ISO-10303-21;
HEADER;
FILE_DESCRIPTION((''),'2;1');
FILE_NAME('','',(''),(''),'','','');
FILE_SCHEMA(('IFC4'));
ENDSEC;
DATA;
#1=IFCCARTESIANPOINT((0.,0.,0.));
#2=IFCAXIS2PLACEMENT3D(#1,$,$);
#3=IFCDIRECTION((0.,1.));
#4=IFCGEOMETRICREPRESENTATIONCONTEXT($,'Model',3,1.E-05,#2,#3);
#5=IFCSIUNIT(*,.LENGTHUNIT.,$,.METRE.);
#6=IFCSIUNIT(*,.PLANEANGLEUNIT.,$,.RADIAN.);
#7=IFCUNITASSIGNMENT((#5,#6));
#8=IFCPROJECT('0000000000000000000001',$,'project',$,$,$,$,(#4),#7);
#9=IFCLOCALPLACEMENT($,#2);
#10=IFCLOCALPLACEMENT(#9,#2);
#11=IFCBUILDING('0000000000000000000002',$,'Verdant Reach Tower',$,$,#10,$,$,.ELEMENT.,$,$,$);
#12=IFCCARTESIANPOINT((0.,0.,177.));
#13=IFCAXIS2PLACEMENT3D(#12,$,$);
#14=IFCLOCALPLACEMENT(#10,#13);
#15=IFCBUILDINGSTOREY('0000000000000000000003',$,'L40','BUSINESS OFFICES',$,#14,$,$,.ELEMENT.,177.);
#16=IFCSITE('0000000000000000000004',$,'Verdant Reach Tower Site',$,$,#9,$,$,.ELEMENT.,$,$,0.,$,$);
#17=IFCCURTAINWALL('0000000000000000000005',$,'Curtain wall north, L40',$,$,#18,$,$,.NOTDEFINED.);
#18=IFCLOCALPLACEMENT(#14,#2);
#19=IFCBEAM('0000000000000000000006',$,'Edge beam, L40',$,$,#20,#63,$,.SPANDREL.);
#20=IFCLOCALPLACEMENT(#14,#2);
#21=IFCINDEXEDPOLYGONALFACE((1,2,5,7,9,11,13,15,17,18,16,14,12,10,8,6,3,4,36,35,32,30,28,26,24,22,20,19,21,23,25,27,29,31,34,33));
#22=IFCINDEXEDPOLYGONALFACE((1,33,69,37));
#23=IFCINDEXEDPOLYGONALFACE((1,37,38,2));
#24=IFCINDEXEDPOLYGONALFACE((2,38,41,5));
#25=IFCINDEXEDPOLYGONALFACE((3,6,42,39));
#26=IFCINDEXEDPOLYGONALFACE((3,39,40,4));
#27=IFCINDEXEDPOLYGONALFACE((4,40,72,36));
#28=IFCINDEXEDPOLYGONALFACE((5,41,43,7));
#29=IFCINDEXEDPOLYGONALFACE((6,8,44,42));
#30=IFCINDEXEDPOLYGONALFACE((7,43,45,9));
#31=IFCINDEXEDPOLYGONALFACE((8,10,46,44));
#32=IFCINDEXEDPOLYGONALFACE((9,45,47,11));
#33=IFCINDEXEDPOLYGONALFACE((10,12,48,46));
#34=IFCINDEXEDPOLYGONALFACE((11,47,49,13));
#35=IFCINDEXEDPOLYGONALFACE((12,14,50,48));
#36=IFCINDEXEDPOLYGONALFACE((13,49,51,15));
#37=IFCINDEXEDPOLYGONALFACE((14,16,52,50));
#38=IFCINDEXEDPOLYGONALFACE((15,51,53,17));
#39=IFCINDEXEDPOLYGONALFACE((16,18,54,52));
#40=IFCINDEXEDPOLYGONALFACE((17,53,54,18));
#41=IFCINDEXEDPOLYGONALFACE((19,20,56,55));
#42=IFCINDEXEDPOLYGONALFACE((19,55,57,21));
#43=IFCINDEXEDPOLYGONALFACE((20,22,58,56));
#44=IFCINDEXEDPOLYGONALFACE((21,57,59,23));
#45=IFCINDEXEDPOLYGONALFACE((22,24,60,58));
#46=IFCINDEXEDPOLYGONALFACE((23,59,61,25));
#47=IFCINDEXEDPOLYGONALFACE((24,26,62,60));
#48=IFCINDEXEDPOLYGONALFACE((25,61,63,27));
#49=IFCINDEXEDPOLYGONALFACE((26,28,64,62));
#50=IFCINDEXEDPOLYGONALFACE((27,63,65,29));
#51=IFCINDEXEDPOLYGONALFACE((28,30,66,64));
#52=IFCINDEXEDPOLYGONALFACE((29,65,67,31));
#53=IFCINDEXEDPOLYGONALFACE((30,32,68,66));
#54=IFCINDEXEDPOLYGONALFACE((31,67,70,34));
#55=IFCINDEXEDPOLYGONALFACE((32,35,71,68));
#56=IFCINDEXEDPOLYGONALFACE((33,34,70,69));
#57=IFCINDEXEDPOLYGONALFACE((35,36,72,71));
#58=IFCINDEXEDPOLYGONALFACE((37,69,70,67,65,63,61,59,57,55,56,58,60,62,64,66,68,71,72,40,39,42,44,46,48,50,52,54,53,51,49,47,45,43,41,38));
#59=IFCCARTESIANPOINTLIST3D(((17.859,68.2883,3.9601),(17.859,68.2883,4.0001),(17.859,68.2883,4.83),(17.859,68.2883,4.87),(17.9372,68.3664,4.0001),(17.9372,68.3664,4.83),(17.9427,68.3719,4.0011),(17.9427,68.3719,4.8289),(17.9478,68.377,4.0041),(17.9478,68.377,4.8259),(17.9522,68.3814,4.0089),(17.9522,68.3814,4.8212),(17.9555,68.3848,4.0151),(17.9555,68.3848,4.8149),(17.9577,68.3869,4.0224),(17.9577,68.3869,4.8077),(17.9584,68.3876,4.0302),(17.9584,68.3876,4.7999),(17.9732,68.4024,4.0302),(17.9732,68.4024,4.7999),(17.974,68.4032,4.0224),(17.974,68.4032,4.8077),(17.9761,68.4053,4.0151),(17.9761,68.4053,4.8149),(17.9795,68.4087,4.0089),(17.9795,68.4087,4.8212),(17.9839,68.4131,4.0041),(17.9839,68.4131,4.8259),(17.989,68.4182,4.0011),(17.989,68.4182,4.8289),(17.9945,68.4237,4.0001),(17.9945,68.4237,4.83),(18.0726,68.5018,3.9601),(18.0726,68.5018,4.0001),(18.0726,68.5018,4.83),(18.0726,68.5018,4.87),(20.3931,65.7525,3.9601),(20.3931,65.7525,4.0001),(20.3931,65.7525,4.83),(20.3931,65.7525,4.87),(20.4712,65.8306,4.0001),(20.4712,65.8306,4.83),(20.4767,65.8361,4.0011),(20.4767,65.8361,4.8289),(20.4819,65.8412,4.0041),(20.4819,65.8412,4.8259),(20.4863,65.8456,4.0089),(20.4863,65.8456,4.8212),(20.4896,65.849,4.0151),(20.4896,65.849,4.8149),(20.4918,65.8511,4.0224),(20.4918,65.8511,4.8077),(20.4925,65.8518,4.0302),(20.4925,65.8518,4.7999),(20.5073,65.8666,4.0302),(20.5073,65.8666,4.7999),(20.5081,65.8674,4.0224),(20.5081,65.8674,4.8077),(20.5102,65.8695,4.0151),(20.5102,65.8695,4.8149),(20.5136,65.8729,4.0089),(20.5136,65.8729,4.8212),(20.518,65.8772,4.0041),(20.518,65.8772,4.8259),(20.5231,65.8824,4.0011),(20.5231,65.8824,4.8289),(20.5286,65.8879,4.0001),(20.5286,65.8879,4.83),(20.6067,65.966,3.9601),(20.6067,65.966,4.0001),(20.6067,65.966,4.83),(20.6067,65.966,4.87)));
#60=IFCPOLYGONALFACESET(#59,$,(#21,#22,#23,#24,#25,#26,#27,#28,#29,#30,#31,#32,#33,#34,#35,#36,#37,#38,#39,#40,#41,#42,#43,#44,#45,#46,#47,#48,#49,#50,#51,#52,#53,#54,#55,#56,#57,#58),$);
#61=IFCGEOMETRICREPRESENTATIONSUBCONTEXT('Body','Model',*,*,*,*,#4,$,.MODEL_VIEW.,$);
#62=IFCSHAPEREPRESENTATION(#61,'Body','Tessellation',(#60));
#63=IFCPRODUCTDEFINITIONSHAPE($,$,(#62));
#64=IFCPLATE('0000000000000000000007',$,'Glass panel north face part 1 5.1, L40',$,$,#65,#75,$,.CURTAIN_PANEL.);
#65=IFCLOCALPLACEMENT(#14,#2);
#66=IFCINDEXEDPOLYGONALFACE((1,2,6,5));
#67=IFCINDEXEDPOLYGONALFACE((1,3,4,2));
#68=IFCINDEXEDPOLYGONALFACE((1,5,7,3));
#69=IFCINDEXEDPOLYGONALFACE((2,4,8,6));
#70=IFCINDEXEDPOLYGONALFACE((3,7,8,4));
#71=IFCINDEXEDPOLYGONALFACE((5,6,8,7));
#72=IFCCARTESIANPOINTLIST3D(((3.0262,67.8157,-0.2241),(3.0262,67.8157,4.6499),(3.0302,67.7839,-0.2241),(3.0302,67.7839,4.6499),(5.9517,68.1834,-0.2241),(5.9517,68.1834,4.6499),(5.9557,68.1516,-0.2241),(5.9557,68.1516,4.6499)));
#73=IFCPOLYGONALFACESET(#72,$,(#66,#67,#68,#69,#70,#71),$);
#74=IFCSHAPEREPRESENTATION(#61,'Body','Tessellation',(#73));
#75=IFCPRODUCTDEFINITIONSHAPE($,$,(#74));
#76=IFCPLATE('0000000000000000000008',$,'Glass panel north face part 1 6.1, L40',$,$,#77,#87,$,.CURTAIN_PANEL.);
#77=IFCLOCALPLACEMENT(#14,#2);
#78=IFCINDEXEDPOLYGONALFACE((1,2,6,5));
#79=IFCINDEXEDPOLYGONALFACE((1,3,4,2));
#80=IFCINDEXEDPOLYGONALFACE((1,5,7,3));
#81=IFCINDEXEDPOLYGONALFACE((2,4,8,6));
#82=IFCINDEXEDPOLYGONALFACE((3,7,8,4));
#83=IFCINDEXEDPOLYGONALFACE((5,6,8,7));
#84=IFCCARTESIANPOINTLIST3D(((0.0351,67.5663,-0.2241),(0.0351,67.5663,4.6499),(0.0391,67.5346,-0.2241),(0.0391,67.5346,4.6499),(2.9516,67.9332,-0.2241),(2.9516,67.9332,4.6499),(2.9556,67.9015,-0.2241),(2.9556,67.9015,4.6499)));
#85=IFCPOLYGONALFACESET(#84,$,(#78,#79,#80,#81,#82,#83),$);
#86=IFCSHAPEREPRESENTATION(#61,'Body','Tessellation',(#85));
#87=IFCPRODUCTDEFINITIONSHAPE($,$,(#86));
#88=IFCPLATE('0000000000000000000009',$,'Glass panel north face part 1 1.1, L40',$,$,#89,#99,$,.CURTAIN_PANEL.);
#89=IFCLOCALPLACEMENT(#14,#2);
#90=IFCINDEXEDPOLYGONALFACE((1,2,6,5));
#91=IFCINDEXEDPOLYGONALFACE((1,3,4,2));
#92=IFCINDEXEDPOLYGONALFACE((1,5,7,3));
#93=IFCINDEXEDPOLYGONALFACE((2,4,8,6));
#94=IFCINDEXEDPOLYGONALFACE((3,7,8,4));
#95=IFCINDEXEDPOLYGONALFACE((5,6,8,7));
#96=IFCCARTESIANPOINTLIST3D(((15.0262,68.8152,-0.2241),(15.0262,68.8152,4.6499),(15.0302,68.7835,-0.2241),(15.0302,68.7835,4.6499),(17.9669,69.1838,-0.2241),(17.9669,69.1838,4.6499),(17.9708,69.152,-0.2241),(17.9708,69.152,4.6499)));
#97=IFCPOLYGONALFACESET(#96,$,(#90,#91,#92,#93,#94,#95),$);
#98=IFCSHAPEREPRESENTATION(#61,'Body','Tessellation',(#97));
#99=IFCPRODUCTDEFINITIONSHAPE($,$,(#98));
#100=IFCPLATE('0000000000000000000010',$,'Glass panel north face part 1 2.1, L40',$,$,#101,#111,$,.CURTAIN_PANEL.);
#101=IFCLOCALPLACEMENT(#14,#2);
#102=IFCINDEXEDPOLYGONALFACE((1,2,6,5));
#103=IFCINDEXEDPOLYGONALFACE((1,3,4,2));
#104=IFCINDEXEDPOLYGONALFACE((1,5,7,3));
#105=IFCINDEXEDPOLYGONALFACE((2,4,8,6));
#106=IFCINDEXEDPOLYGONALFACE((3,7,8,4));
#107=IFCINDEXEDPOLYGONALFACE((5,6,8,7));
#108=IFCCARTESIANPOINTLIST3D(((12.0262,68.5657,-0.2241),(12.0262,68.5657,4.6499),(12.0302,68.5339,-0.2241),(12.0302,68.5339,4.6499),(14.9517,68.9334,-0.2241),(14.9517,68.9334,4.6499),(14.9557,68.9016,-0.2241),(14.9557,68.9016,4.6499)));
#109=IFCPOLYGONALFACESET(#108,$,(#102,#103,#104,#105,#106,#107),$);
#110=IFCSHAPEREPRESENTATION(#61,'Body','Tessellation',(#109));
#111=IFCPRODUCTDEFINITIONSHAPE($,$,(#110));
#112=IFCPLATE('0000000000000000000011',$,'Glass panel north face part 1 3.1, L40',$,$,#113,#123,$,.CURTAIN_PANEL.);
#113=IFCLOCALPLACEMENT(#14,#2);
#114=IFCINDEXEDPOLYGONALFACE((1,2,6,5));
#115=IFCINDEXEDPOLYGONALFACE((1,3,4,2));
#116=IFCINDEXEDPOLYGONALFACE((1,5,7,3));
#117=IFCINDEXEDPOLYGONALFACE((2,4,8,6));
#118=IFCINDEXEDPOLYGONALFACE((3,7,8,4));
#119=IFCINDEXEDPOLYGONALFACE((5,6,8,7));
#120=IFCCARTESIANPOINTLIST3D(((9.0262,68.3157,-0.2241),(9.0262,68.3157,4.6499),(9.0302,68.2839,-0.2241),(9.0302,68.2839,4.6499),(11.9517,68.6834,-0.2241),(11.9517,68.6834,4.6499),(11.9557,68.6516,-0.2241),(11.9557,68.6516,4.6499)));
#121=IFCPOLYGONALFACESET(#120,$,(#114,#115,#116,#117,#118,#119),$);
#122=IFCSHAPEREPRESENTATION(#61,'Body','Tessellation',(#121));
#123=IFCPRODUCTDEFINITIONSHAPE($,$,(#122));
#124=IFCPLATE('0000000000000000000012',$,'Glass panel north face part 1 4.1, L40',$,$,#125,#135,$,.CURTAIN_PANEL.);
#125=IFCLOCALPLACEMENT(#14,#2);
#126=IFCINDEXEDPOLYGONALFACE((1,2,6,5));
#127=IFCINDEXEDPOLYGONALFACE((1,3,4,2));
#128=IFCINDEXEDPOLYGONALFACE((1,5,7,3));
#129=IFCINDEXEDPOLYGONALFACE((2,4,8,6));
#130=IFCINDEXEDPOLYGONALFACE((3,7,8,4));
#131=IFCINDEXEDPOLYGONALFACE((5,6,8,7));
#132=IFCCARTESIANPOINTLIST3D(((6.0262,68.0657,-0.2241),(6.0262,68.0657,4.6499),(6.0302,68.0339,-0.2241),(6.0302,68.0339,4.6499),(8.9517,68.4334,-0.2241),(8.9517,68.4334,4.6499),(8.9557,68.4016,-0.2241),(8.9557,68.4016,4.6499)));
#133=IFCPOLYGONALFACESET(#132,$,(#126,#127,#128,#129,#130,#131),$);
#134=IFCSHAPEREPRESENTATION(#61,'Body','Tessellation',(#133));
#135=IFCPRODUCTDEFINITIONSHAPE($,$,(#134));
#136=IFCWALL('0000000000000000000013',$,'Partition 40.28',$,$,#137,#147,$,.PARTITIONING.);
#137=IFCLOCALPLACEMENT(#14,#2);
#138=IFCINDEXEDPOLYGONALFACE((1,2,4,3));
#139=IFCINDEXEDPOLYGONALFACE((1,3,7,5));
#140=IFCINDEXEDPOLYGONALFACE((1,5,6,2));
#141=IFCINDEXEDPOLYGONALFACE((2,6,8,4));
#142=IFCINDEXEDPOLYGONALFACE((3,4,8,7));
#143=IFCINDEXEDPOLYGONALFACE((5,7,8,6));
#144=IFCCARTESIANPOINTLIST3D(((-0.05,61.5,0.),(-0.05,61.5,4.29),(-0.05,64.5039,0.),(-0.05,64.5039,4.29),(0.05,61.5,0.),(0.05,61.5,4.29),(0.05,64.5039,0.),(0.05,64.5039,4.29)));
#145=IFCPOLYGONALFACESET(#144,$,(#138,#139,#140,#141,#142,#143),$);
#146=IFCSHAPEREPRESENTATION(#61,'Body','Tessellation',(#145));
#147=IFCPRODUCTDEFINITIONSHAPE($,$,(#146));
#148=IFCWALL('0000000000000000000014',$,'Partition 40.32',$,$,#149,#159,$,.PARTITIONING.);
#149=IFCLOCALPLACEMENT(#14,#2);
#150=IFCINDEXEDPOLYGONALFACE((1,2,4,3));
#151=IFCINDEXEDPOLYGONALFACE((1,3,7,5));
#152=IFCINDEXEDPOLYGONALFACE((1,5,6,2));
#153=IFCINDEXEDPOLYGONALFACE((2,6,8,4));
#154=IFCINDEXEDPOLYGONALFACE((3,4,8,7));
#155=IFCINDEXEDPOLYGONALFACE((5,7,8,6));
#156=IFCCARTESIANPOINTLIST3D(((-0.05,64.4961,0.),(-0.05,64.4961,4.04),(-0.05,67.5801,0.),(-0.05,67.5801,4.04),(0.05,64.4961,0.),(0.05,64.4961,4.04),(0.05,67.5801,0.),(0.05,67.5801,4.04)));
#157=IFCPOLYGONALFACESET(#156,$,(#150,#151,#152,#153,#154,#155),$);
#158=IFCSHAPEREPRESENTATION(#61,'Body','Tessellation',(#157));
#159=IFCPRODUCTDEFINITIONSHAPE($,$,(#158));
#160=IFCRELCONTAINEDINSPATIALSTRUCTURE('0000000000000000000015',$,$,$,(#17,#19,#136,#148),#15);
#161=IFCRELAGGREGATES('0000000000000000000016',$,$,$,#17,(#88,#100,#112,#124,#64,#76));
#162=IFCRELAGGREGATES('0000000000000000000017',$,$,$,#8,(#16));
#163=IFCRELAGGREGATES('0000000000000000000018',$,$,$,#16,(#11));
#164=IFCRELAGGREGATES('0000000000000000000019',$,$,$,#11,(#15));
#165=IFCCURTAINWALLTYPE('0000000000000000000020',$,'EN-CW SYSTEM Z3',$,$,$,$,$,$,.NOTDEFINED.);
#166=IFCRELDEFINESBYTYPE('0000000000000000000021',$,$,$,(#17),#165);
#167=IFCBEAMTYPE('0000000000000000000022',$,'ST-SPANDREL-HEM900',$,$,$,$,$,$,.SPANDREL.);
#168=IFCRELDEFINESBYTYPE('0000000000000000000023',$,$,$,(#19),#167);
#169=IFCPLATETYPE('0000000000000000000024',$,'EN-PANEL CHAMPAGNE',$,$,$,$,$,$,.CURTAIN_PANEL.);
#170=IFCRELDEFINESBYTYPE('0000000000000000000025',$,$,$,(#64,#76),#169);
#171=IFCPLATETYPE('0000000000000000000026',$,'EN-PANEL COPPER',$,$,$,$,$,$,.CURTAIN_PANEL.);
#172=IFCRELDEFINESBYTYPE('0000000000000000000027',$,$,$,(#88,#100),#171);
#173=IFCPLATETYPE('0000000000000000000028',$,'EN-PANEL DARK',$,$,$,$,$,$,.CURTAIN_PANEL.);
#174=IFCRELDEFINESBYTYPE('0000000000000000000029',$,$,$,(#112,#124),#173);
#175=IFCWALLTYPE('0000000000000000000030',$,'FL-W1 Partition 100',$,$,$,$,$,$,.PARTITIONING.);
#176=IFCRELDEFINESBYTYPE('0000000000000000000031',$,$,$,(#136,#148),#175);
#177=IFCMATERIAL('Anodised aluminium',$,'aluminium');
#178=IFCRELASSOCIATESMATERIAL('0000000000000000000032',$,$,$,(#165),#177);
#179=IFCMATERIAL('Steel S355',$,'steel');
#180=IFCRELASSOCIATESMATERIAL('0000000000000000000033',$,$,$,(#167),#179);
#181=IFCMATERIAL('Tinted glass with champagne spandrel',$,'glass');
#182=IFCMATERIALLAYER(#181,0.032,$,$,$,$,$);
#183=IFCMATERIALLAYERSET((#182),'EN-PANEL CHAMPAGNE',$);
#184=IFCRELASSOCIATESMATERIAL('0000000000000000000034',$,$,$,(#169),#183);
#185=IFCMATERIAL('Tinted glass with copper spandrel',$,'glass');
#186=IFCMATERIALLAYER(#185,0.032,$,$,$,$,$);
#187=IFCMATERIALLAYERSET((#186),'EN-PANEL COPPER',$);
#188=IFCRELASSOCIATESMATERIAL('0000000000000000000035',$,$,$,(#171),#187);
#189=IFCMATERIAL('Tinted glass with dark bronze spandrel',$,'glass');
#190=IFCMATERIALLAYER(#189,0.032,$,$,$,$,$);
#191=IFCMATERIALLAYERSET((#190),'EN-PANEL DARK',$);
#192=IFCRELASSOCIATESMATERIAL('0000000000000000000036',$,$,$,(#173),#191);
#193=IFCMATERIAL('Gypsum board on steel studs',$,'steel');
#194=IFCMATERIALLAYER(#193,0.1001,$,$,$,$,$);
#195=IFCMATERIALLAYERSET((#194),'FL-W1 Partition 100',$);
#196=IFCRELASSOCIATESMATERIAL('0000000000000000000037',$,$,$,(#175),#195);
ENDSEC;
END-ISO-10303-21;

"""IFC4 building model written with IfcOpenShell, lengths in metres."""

from ifc_helpers import new_model, si_unit, direction, frame, frame_2d, origin, origin_2d, place, context, subcontext, project, spatial, rectangle, i_section, extrude, material, layer, layer_set, material_profile, profile_set, type_object, element, aggregate, save


model = new_model("IFC4")

# Units and contexts
model_context = context("Model", 3, precision=1e-05, world=origin(), true_north=direction((0.0, 1.0)))
body_context = subcontext(model_context, "Body", "Model", "MODEL_VIEW")
ifc_project = project(units=[si_unit("LENGTHUNIT", "METRE"), si_unit("PLANEANGLEUNIT", "RADIAN")], contexts=[model_context])

# Site, building, storey
site_placement = place(None, origin())
site = spatial("IfcSite", under=ifc_project, at=site_placement, Name="Verdant Reach Tower Site", CompositionType="ELEMENT", RefElevation=0.0)
building_placement = place(site_placement, origin())
building = spatial("IfcBuilding", under=site, at=building_placement, Name="Verdant Reach Tower", CompositionType="ELEMENT")
storey_placement = place(building_placement, frame((0.0, 0.0, 177.0)))
storey = spatial("IfcBuildingStorey", under=building, at=storey_placement, Name="L40", Description="BUSINESS OFFICES", CompositionType="ELEMENT", Elevation=177.0)

# Curtain wall
ifc_material_1 = material(Name="Anodised aluminium", Category="aluminium")
curtain_wall_type = type_object("IfcCurtainWallType", Name="EN-CW SYSTEM Z3", PredefinedType="NOTDEFINED", material=ifc_material_1)
curtain_wall_placement = place(storey_placement, origin())
curtain_wall = element("IfcCurtainWall", 1, at=curtain_wall_placement, inside=storey, type_object=curtain_wall_type, Name="Curtain wall north, L40", PredefinedType="NOTDEFINED")

# Beam
ifc_material_2 = material(Name="Steel S355", Category="steel")
ifc_material_profile_1 = material_profile(ifc_material_2, i_section(OverallWidth=0.302, OverallDepth=0.9099, WebThickness=0.021, FlangeThickness=0.04, FilletRadius=0.03, at=origin_2d()), Name="HEM 900")
ifc_profile_set_1 = profile_set([ifc_material_profile_1], Name="Steel S355")
beam_type_1 = type_object("IfcBeamType", Name="ST-SPANDREL-HEM900", PredefinedType="SPANDREL", material=ifc_profile_set_1)
beam_1_placement = place(storey_placement, frame((17.9658, 68.395, 4.415), z_axis=(0.706868, -0.707345, 0.0), x_axis=(0.707345, 0.706868, 0.0)))
element("IfcBeam", 2, at=beam_1_placement, inside=storey, type_object=beam_type_1, Name="Edge beam, L40", PredefinedType="SPANDREL", context=body_context, shape_type="SweptSolid", body=[
    extrude(i_section(OverallWidth=0.302, OverallDepth=0.9099, WebThickness=0.021, FlangeThickness=0.04, FilletRadius=0.03, at=origin_2d()), origin(), (0.0, 0.0, 1.0), 3.585),
])

# Plates
ifc_material_3 = material(Name="Tinted glass with champagne spandrel", Category="glass")
ifc_layer_1 = layer(ifc_material_3, 0.032)
ifc_layer_set_1 = layer_set([ifc_layer_1], Name="EN-PANEL CHAMPAGNE")
plate_type_1 = type_object("IfcPlateType", Name="EN-PANEL CHAMPAGNE", PredefinedType="CURTAIN_PANEL", material=ifc_layer_set_1)
plate_1_placement = place(storey_placement, frame((4.491, 67.9836, -0.2241), z_axis=(0.0, 0.0, 1.0), x_axis=(-0.992194, -0.124704, 0.0)))
plate_1 = element("IfcPlate", 3, at=plate_1_placement, type_object=plate_type_1, Name="Glass panel north face part 1 5.1, L40", PredefinedType="CURTAIN_PANEL", context=body_context, shape_type="SweptSolid", body=[
    extrude(rectangle(XDim=2.9485, YDim=0.032, at=origin_2d()), origin(), (0.0, 0.0, 1.0), 4.874),
])
plate_2_placement = place(storey_placement, frame((1.4954, 67.7339, -0.2241), z_axis=(0.0, 0.0, 1.0), x_axis=(-0.992178, -0.124828, 0.0)))
plate_2 = element("IfcPlate", 4, at=plate_2_placement, type_object=plate_type_1, Name="Glass panel north face part 1 6.1, L40", PredefinedType="CURTAIN_PANEL", context=body_context, shape_type="SweptSolid", body=[
    extrude(rectangle(XDim=2.9395, YDim=0.032, at=origin_2d()), origin(), (0.0, 0.0, 1.0), 4.874),
])
ifc_material_4 = material(Name="Tinted glass with copper spandrel", Category="glass")
ifc_layer_2 = layer(ifc_material_4, 0.032)
ifc_layer_set_2 = layer_set([ifc_layer_2], Name="EN-PANEL COPPER")
plate_type_2 = type_object("IfcPlateType", Name="EN-PANEL COPPER", PredefinedType="CURTAIN_PANEL", material=ifc_layer_set_2)
plate_3_placement = place(storey_placement, frame((16.4985, 68.9836, -0.2241), z_axis=(0.0, 0.0, 1.0), x_axis=(-0.992238, -0.124355, 0.0)))
plate_3 = element("IfcPlate", 5, at=plate_3_placement, type_object=plate_type_2, Name="Glass panel north face part 1 1.1, L40", PredefinedType="CURTAIN_PANEL", context=body_context, shape_type="SweptSolid", body=[
    extrude(rectangle(XDim=2.9636, YDim=0.032, at=origin_2d()), origin(), (0.0, 0.0, 1.0), 4.874),
])
plate_4_placement = place(storey_placement, frame((13.491, 68.7336, -0.2241), z_axis=(0.0, 0.0, 1.0), x_axis=(-0.992194, -0.124704, 0.0)))
plate_4 = element("IfcPlate", 6, at=plate_4_placement, type_object=plate_type_2, Name="Glass panel north face part 1 2.1, L40", PredefinedType="CURTAIN_PANEL", context=body_context, shape_type="SweptSolid", body=[
    extrude(rectangle(XDim=2.9485, YDim=0.032, at=origin_2d()), origin(), (0.0, 0.0, 1.0), 4.874),
])
ifc_material_5 = material(Name="Tinted glass with dark bronze spandrel", Category="glass")
ifc_layer_3 = layer(ifc_material_5, 0.032)
ifc_layer_set_3 = layer_set([ifc_layer_3], Name="EN-PANEL DARK")
plate_type_3 = type_object("IfcPlateType", Name="EN-PANEL DARK", PredefinedType="CURTAIN_PANEL", material=ifc_layer_set_3)
plate_5_placement = place(storey_placement, frame((10.491, 68.4836, -0.2241), z_axis=(0.0, 0.0, 1.0), x_axis=(-0.992194, -0.124704, 0.0)))
plate_5 = element("IfcPlate", 7, at=plate_5_placement, type_object=plate_type_3, Name="Glass panel north face part 1 3.1, L40", PredefinedType="CURTAIN_PANEL", context=body_context, shape_type="SweptSolid", body=[
    extrude(rectangle(XDim=2.9485, YDim=0.032, at=origin_2d()), origin(), (0.0, 0.0, 1.0), 4.874),
])
plate_6_placement = place(storey_placement, frame((7.491, 68.2336, -0.2241), z_axis=(0.0, 0.0, 1.0), x_axis=(-0.992194, -0.124704, 0.0)))
plate_6 = element("IfcPlate", 8, at=plate_6_placement, type_object=plate_type_3, Name="Glass panel north face part 1 4.1, L40", PredefinedType="CURTAIN_PANEL", context=body_context, shape_type="SweptSolid", body=[
    extrude(rectangle(XDim=2.9485, YDim=0.032, at=origin_2d()), origin(), (0.0, 0.0, 1.0), 4.874),
])
aggregate(curtain_wall, [plate_3, plate_4, plate_5, plate_6, plate_1, plate_2])

# Walls
ifc_material_6 = material(Name="Gypsum board on steel studs", Category="steel")
ifc_layer_4 = layer(ifc_material_6, 0.1001)
ifc_layer_set_4 = layer_set([ifc_layer_4], Name="FL-W1 Partition 100")
wall_type = type_object("IfcWallType", Name="FL-W1 Partition 100", PredefinedType="PARTITIONING", material=ifc_layer_set_4)
wall_1_placement = place(storey_placement, frame((0.0, 61.5, 0.0), z_axis=(0.0, 0.0, 1.0), x_axis=(0.0, 1.0, 0.0)))
element("IfcWall", 9, at=wall_1_placement, inside=storey, type_object=wall_type, Name="Partition 40.28", PredefinedType="PARTITIONING", context=body_context, shape_type="SweptSolid", body=[
    extrude(rectangle(XDim=3.0039, YDim=0.1001, at=frame_2d((1.502, 0.0))), origin(), (0.0, 0.0, 1.0), 4.29),
])
wall_2_placement = place(storey_placement, frame((0.0, 64.4961, 0.0), z_axis=(0.0, 0.0, 1.0), x_axis=(0.0, 1.0, 0.0)))
element("IfcWall", 10, at=wall_2_placement, inside=storey, type_object=wall_type, Name="Partition 40.32", PredefinedType="PARTITIONING", context=body_context, shape_type="SweptSolid", body=[
    extrude(rectangle(XDim=3.084, YDim=0.1001, at=frame_2d((1.542, 0.0))), origin(), (0.0, 0.0, 1.0), 4.04),
])

save(model, "model.ifc")
